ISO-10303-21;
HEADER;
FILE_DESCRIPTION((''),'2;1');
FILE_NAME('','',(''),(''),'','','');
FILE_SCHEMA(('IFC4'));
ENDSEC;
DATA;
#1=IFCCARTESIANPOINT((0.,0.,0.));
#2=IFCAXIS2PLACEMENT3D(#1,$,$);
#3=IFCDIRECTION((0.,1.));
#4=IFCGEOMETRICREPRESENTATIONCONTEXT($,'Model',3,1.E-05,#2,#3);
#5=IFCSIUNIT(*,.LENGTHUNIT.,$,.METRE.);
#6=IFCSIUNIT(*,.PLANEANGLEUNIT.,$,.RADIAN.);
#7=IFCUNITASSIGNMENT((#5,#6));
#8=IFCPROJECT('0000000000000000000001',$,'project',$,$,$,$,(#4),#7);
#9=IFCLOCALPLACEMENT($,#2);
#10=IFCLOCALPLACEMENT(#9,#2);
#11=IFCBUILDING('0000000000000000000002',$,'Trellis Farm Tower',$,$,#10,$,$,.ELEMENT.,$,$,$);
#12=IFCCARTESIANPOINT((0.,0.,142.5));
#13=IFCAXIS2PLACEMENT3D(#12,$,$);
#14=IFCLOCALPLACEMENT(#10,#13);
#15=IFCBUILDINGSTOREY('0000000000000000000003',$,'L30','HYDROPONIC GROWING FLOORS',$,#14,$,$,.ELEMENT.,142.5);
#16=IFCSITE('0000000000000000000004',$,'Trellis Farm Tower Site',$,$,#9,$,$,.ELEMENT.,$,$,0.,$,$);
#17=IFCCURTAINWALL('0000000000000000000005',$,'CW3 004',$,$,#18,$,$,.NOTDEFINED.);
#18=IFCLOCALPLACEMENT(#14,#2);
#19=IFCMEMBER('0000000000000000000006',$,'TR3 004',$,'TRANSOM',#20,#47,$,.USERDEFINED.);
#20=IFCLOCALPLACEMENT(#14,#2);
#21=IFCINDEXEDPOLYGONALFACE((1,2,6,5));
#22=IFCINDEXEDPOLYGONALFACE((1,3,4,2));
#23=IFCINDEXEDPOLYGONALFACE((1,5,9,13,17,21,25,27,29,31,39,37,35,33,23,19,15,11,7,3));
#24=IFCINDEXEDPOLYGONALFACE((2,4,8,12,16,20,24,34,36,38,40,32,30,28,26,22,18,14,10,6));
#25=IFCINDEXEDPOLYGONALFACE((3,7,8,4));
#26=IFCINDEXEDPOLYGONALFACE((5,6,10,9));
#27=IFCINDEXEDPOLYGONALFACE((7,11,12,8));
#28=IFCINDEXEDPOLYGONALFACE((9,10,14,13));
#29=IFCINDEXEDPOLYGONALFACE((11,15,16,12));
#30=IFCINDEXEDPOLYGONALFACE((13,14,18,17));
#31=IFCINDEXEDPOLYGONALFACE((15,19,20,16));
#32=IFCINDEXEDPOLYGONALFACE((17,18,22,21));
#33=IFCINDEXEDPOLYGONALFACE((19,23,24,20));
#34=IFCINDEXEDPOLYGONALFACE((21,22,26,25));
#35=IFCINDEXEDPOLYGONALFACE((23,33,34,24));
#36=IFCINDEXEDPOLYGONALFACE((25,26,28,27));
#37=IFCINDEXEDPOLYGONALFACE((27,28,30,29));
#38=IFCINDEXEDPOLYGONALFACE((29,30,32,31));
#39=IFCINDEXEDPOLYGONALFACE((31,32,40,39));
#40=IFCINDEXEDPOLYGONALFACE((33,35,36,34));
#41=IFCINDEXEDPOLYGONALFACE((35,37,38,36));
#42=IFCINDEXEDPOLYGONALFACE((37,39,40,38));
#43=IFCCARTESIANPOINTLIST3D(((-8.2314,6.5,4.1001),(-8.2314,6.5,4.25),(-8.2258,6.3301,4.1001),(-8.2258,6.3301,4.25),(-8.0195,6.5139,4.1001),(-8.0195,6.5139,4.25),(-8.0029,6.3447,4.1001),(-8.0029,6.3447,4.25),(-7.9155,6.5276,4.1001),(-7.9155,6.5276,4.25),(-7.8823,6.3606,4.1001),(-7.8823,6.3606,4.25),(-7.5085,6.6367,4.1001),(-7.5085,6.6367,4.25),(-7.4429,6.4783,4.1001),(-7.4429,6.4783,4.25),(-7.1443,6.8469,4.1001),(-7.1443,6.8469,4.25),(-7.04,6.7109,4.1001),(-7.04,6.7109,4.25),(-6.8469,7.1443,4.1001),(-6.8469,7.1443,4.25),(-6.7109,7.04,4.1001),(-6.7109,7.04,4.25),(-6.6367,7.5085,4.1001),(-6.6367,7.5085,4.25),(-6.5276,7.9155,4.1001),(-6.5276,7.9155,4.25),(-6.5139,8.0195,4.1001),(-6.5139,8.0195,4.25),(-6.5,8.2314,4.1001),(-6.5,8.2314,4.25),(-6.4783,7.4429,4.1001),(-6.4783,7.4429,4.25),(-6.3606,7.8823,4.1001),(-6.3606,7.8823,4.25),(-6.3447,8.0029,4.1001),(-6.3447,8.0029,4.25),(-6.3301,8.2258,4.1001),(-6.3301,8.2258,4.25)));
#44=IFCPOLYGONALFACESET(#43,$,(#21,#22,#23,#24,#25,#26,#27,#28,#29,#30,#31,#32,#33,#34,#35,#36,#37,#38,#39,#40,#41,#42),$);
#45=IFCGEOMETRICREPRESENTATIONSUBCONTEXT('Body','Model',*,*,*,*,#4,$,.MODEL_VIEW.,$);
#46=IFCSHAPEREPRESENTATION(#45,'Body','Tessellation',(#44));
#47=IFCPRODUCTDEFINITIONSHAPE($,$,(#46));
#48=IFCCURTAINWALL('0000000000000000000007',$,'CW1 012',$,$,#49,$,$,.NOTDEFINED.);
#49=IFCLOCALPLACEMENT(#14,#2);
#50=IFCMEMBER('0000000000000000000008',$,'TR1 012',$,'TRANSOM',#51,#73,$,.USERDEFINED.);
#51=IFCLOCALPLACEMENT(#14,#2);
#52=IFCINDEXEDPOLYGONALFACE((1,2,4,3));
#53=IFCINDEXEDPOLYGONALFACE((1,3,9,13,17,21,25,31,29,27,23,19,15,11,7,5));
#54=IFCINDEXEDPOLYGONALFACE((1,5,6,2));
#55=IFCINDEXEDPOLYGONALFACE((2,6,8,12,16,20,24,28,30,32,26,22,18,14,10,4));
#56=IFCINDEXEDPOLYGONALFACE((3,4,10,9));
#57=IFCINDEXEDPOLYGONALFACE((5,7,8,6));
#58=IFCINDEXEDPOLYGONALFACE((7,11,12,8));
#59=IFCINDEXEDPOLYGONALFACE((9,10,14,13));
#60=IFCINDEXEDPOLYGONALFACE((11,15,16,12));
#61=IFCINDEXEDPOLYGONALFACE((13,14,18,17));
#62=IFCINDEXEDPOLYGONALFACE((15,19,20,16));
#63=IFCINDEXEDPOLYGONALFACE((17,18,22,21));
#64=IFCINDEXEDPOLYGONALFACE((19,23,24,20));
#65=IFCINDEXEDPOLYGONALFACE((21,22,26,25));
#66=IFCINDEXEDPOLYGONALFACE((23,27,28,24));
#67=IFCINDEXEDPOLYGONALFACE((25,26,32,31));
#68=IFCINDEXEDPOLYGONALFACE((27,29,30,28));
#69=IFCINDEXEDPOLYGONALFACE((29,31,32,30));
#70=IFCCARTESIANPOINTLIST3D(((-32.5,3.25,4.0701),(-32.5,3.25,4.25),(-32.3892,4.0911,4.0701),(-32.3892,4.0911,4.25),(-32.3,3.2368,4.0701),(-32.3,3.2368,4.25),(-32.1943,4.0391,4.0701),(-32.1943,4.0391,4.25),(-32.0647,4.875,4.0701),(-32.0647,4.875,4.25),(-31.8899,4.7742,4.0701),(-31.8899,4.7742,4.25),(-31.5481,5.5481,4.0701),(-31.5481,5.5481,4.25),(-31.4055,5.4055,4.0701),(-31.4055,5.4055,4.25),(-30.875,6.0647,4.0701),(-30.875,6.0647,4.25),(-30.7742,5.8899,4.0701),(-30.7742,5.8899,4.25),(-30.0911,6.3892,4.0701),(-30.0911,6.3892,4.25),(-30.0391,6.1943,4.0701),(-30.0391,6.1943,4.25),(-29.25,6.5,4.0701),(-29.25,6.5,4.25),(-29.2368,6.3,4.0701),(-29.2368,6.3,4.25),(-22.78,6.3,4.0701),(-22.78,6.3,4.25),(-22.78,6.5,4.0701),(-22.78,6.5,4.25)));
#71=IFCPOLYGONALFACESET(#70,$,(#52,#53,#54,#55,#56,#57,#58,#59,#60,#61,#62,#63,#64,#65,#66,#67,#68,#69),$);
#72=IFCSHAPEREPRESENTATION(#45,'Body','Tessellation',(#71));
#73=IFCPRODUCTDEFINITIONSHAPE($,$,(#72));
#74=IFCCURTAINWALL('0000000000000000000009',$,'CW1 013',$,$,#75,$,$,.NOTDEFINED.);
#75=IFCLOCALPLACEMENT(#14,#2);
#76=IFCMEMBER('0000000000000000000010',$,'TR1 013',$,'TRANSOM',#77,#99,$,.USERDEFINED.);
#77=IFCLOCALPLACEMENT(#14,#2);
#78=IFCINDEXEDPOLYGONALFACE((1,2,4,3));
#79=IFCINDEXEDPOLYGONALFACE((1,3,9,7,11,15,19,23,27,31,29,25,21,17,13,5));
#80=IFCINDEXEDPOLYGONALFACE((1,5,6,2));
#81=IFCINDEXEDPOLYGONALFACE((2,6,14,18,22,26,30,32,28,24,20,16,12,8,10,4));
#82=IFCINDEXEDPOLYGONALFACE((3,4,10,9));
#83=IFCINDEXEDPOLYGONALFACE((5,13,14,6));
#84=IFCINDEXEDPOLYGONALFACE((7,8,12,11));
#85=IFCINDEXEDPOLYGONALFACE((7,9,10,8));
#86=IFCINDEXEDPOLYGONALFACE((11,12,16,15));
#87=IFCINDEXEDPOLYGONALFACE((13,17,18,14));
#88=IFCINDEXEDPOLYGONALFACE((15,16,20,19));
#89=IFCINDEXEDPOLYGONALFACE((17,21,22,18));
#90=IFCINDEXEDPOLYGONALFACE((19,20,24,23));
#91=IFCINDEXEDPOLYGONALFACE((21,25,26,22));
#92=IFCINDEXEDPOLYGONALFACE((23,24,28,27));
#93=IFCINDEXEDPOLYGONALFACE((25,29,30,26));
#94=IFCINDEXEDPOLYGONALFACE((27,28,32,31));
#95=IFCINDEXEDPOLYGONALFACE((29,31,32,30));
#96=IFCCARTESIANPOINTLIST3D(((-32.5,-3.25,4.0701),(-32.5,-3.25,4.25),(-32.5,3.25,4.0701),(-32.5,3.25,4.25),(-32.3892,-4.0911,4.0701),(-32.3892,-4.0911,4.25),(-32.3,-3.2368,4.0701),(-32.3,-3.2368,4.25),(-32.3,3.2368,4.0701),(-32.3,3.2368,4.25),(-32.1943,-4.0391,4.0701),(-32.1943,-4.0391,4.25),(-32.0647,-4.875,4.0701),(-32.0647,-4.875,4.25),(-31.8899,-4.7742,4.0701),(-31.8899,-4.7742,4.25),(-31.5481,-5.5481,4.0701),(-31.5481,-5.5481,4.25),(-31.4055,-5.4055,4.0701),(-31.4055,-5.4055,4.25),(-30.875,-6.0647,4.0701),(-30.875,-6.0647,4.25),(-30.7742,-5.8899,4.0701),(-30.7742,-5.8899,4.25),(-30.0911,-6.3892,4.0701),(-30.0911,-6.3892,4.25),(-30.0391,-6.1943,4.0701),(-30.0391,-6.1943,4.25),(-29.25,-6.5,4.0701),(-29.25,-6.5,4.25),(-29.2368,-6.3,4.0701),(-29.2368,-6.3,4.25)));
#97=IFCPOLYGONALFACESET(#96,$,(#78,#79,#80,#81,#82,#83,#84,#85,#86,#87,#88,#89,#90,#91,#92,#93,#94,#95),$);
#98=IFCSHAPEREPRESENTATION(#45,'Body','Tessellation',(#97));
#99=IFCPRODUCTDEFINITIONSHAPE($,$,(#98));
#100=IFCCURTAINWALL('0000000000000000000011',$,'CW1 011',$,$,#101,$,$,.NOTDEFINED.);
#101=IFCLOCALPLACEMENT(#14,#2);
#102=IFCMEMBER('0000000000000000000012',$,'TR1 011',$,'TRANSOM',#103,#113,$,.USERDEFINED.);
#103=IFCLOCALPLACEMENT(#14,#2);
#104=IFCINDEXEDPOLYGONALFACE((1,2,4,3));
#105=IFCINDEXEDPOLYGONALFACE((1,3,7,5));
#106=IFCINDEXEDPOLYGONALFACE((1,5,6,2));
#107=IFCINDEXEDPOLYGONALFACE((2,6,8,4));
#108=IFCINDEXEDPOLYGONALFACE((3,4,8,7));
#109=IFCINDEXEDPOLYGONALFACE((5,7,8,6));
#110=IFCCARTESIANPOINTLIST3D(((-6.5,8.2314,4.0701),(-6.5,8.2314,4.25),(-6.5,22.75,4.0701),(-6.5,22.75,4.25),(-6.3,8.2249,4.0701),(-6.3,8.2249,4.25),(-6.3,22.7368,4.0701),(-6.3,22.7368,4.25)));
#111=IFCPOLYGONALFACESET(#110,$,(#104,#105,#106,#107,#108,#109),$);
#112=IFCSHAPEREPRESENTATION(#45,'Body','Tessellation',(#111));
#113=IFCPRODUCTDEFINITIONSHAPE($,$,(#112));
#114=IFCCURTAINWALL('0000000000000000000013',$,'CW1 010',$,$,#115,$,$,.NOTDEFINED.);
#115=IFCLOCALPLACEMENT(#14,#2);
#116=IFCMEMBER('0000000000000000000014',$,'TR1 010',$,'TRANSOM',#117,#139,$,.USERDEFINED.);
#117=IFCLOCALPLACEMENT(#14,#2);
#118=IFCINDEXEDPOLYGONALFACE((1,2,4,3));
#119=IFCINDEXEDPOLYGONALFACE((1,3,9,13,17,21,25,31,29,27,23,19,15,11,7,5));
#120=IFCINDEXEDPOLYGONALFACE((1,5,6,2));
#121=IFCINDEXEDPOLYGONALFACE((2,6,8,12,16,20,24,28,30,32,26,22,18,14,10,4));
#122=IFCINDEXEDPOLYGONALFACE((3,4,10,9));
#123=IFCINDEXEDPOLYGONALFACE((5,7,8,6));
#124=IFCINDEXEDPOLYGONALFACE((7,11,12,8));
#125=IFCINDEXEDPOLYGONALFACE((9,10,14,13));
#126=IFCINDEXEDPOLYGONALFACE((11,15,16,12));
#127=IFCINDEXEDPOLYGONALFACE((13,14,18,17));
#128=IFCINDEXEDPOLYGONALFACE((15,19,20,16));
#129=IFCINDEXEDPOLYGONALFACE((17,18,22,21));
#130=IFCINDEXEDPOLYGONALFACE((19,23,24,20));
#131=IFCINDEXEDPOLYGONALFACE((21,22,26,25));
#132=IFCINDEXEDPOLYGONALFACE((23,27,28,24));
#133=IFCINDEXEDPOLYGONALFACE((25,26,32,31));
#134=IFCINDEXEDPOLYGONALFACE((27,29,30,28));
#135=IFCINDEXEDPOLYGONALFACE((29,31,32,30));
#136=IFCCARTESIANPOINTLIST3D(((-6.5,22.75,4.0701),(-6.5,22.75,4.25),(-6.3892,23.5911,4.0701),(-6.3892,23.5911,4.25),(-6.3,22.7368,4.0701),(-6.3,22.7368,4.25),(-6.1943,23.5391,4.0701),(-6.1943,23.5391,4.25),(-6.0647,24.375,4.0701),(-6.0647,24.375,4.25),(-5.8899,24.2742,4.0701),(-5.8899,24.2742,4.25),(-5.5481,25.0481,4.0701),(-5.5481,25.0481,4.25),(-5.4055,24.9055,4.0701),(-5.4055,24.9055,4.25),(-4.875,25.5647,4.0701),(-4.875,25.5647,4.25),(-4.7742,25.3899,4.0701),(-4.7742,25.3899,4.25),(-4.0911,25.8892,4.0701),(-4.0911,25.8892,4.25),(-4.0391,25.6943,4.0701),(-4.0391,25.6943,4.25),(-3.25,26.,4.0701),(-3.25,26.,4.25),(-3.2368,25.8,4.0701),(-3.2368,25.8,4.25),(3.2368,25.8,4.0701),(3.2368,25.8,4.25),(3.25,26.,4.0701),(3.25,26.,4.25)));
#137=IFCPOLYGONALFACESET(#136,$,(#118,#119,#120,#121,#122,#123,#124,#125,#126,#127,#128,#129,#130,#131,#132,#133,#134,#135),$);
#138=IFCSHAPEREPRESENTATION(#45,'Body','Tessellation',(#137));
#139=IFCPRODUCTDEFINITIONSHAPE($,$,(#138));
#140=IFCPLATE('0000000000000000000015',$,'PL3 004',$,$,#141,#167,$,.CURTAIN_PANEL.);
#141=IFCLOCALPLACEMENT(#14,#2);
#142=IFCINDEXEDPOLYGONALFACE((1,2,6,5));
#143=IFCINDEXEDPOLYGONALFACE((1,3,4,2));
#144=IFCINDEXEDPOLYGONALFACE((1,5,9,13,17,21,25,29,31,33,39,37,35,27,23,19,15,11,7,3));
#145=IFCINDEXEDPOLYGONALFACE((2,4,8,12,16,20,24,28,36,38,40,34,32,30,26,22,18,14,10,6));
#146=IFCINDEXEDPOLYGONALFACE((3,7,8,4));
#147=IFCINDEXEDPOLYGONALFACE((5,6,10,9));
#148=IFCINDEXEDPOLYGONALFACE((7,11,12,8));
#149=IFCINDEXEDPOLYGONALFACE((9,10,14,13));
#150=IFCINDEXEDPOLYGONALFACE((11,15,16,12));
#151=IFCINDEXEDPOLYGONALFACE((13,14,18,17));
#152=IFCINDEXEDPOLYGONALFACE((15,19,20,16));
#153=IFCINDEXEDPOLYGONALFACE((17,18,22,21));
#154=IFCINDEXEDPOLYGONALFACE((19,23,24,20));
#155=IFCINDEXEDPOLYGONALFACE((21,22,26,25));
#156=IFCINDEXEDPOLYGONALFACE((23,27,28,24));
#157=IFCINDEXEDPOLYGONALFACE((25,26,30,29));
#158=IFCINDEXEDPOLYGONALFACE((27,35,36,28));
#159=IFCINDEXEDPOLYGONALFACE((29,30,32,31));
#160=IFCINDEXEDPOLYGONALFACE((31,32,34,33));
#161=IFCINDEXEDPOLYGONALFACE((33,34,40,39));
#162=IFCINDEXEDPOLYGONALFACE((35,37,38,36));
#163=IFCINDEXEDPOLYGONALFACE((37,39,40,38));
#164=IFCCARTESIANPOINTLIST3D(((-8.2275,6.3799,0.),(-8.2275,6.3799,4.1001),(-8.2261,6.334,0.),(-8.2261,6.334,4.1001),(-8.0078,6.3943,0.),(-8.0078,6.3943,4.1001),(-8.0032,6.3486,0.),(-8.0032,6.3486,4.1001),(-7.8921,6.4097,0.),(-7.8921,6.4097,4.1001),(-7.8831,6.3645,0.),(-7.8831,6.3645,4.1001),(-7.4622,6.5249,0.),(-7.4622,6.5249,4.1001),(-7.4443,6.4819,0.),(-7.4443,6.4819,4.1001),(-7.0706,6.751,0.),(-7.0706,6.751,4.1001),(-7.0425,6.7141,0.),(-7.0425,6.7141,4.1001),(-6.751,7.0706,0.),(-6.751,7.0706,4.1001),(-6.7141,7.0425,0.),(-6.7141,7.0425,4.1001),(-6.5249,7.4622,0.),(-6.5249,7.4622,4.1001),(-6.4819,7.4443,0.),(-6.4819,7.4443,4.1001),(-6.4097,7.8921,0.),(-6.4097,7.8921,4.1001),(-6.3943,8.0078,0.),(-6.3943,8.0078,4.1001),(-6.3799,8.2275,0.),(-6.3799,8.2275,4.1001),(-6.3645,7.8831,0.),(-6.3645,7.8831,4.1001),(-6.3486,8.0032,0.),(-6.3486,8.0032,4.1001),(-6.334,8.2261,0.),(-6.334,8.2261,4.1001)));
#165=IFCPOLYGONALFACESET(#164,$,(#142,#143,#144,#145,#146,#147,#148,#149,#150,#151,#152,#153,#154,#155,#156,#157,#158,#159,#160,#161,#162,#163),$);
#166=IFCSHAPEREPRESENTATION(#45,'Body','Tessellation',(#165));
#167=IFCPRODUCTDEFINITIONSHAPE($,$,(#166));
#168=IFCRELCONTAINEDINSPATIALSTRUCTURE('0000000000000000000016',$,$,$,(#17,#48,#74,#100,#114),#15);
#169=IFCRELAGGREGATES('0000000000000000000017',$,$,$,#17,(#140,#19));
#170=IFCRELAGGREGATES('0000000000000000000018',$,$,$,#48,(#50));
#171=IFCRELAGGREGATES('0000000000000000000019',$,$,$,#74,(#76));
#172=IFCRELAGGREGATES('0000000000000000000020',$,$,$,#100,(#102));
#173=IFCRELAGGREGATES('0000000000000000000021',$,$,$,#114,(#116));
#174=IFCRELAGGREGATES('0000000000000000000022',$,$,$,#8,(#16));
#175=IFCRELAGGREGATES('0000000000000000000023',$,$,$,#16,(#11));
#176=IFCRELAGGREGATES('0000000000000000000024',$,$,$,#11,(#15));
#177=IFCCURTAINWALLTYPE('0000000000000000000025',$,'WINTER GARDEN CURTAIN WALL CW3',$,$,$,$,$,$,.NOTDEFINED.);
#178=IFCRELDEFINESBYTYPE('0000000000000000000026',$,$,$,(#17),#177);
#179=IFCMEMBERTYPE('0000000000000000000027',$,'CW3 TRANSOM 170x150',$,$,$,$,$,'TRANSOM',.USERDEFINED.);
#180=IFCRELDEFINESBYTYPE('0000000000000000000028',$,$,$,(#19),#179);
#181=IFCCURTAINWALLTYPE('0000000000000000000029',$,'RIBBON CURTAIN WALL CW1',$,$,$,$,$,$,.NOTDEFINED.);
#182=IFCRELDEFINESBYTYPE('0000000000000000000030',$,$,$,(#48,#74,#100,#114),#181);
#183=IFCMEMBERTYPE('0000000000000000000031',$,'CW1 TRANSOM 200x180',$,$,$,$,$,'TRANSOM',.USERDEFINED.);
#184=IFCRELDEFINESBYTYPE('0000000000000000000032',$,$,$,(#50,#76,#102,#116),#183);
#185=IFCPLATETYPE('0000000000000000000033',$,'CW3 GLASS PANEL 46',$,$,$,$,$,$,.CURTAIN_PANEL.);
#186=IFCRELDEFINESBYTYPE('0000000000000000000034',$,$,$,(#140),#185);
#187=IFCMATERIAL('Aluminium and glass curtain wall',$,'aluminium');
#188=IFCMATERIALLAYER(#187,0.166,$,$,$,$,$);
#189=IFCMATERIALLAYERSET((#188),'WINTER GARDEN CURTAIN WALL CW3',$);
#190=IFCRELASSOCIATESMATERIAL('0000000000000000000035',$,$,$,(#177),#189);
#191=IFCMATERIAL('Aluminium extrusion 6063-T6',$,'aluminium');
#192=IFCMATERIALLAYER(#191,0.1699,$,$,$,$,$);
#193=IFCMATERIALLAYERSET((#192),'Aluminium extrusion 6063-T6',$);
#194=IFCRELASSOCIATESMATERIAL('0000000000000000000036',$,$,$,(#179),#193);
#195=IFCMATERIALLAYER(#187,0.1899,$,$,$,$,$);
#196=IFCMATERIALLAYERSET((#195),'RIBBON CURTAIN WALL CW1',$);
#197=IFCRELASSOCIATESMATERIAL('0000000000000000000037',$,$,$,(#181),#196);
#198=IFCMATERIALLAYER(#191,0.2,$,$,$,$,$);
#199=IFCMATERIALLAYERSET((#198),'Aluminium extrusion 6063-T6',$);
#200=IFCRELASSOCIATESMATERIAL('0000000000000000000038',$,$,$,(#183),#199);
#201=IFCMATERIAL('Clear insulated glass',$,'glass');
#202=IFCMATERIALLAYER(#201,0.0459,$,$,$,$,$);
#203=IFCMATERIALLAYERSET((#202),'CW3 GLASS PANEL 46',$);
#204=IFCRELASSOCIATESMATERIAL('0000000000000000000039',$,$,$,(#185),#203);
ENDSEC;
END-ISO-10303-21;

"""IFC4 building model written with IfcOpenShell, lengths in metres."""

from ifc_helpers import new_model, si_unit, direction, frame, origin, place, context, subcontext, project, spatial, polyline, outline, extrude, source, transform, mapped, material, layer, layer_set, type_object, element, aggregate, save


model = new_model("IFC4")

# Units and contexts
model_context = context("Model", 3, precision=1e-05, world=origin(), true_north=direction((0.0, 1.0)))
body_context = subcontext(model_context, "Body", "Model", "MODEL_VIEW")
ifc_project = project(units=[si_unit("LENGTHUNIT", "METRE"), si_unit("PLANEANGLEUNIT", "RADIAN")], contexts=[model_context])

# Site, building, storey
site_placement = place(None, origin())
site = spatial("IfcSite", under=ifc_project, at=site_placement, Name="Trellis Farm Tower Site", CompositionType="ELEMENT", RefElevation=0.0)
building_placement = place(site_placement, origin())
building = spatial("IfcBuilding", under=site, at=building_placement, Name="Trellis Farm Tower", CompositionType="ELEMENT")
storey_placement = place(building_placement, frame((0.0, 0.0, 142.5)))
storey = spatial("IfcBuildingStorey", under=building, at=storey_placement, Name="L30", Description="HYDROPONIC GROWING FLOORS", CompositionType="ELEMENT", Elevation=142.5)

# Curtain walls, members
ifc_material_1 = material(Name="Aluminium and glass curtain wall", Category="aluminium")
ifc_layer_1 = layer(ifc_material_1, 0.166)
ifc_layer_set_1 = layer_set([ifc_layer_1], Name="WINTER GARDEN CURTAIN WALL CW3")
curtain_wall_type_1 = type_object("IfcCurtainWallType", Name="WINTER GARDEN CURTAIN WALL CW3", PredefinedType="NOTDEFINED", material=ifc_layer_set_1)
placement_1 = place(storey_placement, origin())
curtain_wall_1 = element("IfcCurtainWall", 1, at=placement_1, inside=storey, type_object=curtain_wall_type_1, Name="CW3 004", PredefinedType="NOTDEFINED")
ifc_material_2 = material(Name="Aluminium extrusion 6063-T6", Category="aluminium")
ifc_layer_2 = layer(ifc_material_2, 0.1699)
ifc_layer_set_2 = layer_set([ifc_layer_2], Name="Aluminium extrusion 6063-T6")
member_type_1 = type_object("IfcMemberType", Name="CW3 TRANSOM 170x150", ElementType="TRANSOM", PredefinedType="USERDEFINED", material=ifc_layer_set_2)
shared_shape_1 = source(origin(), body_context, "Body", "SweptSolid", [
    extrude(outline(polyline([(-6.5, 8.2314), (-6.5139, 8.0195), (-6.5276, 7.9155), (-6.6367, 7.5085), (-6.8469, 7.1443), (-7.1443, 6.8469), (-7.5085, 6.6367), (-7.9155, 6.5276), (-8.0195, 6.5139), (-8.2314, 6.5), (-8.2258, 6.3301), (-8.0029, 6.3447), (-7.8823, 6.3606), (-7.4429, 6.4783), (-7.04, 6.7109), (-6.7109, 7.04), (-6.4783, 7.4429), (-6.3606, 7.8823), (-6.3447, 8.0029), (-6.3301, 8.2258), (-6.5, 8.2314)])), origin(), (0.0, 0.0, 1.0), 0.1499),
])
member_1_placement = place(storey_placement, frame((0.0, 0.0, 4.1001)))
member_1 = element("IfcMember", 2, at=member_1_placement, type_object=member_type_1, Name="TR3 004", ObjectType="TRANSOM", PredefinedType="USERDEFINED", context=body_context, shape_type="MappedRepresentation", body=[
    mapped(shared_shape_1, transform((0.0, 0.0, 0.0))),
])
ifc_layer_3 = layer(ifc_material_1, 0.1899)
ifc_layer_set_3 = layer_set([ifc_layer_3], Name="RIBBON CURTAIN WALL CW1")
curtain_wall_type_2 = type_object("IfcCurtainWallType", Name="RIBBON CURTAIN WALL CW1", PredefinedType="NOTDEFINED", material=ifc_layer_set_3)
curtain_wall_2 = element("IfcCurtainWall", 3, at=placement_1, inside=storey, type_object=curtain_wall_type_2, Name="CW1 012", PredefinedType="NOTDEFINED")
ifc_layer_4 = layer(ifc_material_2, 0.2)
ifc_layer_set_4 = layer_set([ifc_layer_4], Name="Aluminium extrusion 6063-T6")
member_type_2 = type_object("IfcMemberType", Name="CW1 TRANSOM 200x180", ElementType="TRANSOM", PredefinedType="USERDEFINED", material=ifc_layer_set_4)
shared_shape_2 = source(origin(), body_context, "Body", "SweptSolid", [
    extrude(outline(polyline([(-22.78, 6.5), (-29.25, 6.5), (-30.0911, 6.3892), (-30.875, 6.0647), (-31.5481, 5.5481), (-32.0647, 4.875), (-32.3892, 4.0911), (-32.5, 3.25), (-32.3, 3.2368), (-32.1943, 4.0391), (-31.8899, 4.7742), (-31.4055, 5.4055), (-30.7742, 5.8899), (-30.0391, 6.1943), (-29.2368, 6.3), (-22.78, 6.3), (-22.78, 6.5)])), origin(), (0.0, 0.0, 1.0), 0.1799),
])
placement_2 = place(storey_placement, frame((0.0, 0.0, 4.0701)))
member_2 = element("IfcMember", 4, at=placement_2, type_object=member_type_2, Name="TR1 012", ObjectType="TRANSOM", PredefinedType="USERDEFINED", context=body_context, shape_type="MappedRepresentation", body=[
    mapped(shared_shape_2, transform((0.0, 0.0, 0.0))),
])
curtain_wall_3 = element("IfcCurtainWall", 5, at=placement_1, inside=storey, type_object=curtain_wall_type_2, Name="CW1 013", PredefinedType="NOTDEFINED")
shared_shape_3 = source(origin(), body_context, "Body", "SweptSolid", [
    extrude(outline(polyline([(-32.5, 3.25), (-32.5, -3.25), (-32.3892, -4.0911), (-32.0647, -4.875), (-31.5481, -5.5481), (-30.875, -6.0647), (-30.0911, -6.3892), (-29.25, -6.5), (-29.2368, -6.3), (-30.0391, -6.1943), (-30.7742, -5.8899), (-31.4055, -5.4055), (-31.8899, -4.7742), (-32.1943, -4.0391), (-32.3, -3.2368), (-32.3, 3.2368), (-32.5, 3.25)])), origin(), (0.0, 0.0, 1.0), 0.1799),
])
member_3 = element("IfcMember", 6, at=placement_2, type_object=member_type_2, Name="TR1 013", ObjectType="TRANSOM", PredefinedType="USERDEFINED", context=body_context, shape_type="MappedRepresentation", body=[
    mapped(shared_shape_3, transform((0.0, 0.0, 0.0))),
])
curtain_wall_4 = element("IfcCurtainWall", 7, at=placement_1, inside=storey, type_object=curtain_wall_type_2, Name="CW1 011", PredefinedType="NOTDEFINED")
shared_shape_4 = source(origin(), body_context, "Body", "SweptSolid", [
    extrude(outline(polyline([(-6.5, 22.75), (-6.5, 8.2314), (-6.3, 8.2249), (-6.3, 22.7368), (-6.5, 22.75)])), origin(), (0.0, 0.0, 1.0), 0.1799),
])
member_4 = element("IfcMember", 8, at=placement_2, type_object=member_type_2, Name="TR1 011", ObjectType="TRANSOM", PredefinedType="USERDEFINED", context=body_context, shape_type="MappedRepresentation", body=[
    mapped(shared_shape_4, transform((0.0, 0.0, 0.0))),
])
curtain_wall_5 = element("IfcCurtainWall", 9, at=placement_1, inside=storey, type_object=curtain_wall_type_2, Name="CW1 010", PredefinedType="NOTDEFINED")
shared_shape_5 = source(origin(), body_context, "Body", "SweptSolid", [
    extrude(outline(polyline([(3.25, 26.0), (-3.25, 26.0), (-4.0911, 25.8892), (-4.875, 25.5647), (-5.5481, 25.0481), (-6.0647, 24.375), (-6.3892, 23.5911), (-6.5, 22.75), (-6.3, 22.7368), (-6.1943, 23.5391), (-5.8899, 24.2742), (-5.4055, 24.9055), (-4.7742, 25.3899), (-4.0391, 25.6943), (-3.2368, 25.8), (3.2368, 25.8), (3.25, 26.0)])), origin(), (0.0, 0.0, 1.0), 0.1799),
])
member_5 = element("IfcMember", 10, at=placement_2, type_object=member_type_2, Name="TR1 010", ObjectType="TRANSOM", PredefinedType="USERDEFINED", context=body_context, shape_type="MappedRepresentation", body=[
    mapped(shared_shape_5, transform((0.0, 0.0, 0.0))),
])

# Plate
ifc_material_3 = material(Name="Clear insulated glass", Category="glass")
ifc_layer_5 = layer(ifc_material_3, 0.0459)
ifc_layer_set_5 = layer_set([ifc_layer_5], Name="CW3 GLASS PANEL 46")
plate_type_1 = type_object("IfcPlateType", Name="CW3 GLASS PANEL 46", PredefinedType="CURTAIN_PANEL", material=ifc_layer_set_5)
shared_shape_6 = source(origin(), body_context, "Body", "SweptSolid", [
    extrude(outline(polyline([(-6.3799, 8.2275), (-6.3943, 8.0078), (-6.4097, 7.8921), (-6.5249, 7.4622), (-6.751, 7.0706), (-7.0706, 6.751), (-7.4622, 6.5249), (-7.8921, 6.4097), (-8.0078, 6.3943), (-8.2275, 6.3799), (-8.2261, 6.334), (-8.0032, 6.3486), (-7.8831, 6.3645), (-7.4443, 6.4819), (-7.0425, 6.7141), (-6.7141, 7.0425), (-6.4819, 7.4443), (-6.3645, 7.8831), (-6.3486, 8.0032), (-6.334, 8.2261), (-6.3799, 8.2275)])), origin(), (0.0, 0.0, 1.0), 4.1001),
])
plate_1 = element("IfcPlate", 11, at=placement_1, type_object=plate_type_1, Name="PL3 004", PredefinedType="CURTAIN_PANEL", context=body_context, shape_type="MappedRepresentation", body=[
    mapped(shared_shape_6, transform((0.0, 0.0, 0.0))),
])
aggregate(curtain_wall_1, [plate_1, member_1])
aggregate(curtain_wall_2, [member_2])
aggregate(curtain_wall_3, [member_3])
aggregate(curtain_wall_4, [member_4])
aggregate(curtain_wall_5, [member_5])

save(model, "model.ifc")
